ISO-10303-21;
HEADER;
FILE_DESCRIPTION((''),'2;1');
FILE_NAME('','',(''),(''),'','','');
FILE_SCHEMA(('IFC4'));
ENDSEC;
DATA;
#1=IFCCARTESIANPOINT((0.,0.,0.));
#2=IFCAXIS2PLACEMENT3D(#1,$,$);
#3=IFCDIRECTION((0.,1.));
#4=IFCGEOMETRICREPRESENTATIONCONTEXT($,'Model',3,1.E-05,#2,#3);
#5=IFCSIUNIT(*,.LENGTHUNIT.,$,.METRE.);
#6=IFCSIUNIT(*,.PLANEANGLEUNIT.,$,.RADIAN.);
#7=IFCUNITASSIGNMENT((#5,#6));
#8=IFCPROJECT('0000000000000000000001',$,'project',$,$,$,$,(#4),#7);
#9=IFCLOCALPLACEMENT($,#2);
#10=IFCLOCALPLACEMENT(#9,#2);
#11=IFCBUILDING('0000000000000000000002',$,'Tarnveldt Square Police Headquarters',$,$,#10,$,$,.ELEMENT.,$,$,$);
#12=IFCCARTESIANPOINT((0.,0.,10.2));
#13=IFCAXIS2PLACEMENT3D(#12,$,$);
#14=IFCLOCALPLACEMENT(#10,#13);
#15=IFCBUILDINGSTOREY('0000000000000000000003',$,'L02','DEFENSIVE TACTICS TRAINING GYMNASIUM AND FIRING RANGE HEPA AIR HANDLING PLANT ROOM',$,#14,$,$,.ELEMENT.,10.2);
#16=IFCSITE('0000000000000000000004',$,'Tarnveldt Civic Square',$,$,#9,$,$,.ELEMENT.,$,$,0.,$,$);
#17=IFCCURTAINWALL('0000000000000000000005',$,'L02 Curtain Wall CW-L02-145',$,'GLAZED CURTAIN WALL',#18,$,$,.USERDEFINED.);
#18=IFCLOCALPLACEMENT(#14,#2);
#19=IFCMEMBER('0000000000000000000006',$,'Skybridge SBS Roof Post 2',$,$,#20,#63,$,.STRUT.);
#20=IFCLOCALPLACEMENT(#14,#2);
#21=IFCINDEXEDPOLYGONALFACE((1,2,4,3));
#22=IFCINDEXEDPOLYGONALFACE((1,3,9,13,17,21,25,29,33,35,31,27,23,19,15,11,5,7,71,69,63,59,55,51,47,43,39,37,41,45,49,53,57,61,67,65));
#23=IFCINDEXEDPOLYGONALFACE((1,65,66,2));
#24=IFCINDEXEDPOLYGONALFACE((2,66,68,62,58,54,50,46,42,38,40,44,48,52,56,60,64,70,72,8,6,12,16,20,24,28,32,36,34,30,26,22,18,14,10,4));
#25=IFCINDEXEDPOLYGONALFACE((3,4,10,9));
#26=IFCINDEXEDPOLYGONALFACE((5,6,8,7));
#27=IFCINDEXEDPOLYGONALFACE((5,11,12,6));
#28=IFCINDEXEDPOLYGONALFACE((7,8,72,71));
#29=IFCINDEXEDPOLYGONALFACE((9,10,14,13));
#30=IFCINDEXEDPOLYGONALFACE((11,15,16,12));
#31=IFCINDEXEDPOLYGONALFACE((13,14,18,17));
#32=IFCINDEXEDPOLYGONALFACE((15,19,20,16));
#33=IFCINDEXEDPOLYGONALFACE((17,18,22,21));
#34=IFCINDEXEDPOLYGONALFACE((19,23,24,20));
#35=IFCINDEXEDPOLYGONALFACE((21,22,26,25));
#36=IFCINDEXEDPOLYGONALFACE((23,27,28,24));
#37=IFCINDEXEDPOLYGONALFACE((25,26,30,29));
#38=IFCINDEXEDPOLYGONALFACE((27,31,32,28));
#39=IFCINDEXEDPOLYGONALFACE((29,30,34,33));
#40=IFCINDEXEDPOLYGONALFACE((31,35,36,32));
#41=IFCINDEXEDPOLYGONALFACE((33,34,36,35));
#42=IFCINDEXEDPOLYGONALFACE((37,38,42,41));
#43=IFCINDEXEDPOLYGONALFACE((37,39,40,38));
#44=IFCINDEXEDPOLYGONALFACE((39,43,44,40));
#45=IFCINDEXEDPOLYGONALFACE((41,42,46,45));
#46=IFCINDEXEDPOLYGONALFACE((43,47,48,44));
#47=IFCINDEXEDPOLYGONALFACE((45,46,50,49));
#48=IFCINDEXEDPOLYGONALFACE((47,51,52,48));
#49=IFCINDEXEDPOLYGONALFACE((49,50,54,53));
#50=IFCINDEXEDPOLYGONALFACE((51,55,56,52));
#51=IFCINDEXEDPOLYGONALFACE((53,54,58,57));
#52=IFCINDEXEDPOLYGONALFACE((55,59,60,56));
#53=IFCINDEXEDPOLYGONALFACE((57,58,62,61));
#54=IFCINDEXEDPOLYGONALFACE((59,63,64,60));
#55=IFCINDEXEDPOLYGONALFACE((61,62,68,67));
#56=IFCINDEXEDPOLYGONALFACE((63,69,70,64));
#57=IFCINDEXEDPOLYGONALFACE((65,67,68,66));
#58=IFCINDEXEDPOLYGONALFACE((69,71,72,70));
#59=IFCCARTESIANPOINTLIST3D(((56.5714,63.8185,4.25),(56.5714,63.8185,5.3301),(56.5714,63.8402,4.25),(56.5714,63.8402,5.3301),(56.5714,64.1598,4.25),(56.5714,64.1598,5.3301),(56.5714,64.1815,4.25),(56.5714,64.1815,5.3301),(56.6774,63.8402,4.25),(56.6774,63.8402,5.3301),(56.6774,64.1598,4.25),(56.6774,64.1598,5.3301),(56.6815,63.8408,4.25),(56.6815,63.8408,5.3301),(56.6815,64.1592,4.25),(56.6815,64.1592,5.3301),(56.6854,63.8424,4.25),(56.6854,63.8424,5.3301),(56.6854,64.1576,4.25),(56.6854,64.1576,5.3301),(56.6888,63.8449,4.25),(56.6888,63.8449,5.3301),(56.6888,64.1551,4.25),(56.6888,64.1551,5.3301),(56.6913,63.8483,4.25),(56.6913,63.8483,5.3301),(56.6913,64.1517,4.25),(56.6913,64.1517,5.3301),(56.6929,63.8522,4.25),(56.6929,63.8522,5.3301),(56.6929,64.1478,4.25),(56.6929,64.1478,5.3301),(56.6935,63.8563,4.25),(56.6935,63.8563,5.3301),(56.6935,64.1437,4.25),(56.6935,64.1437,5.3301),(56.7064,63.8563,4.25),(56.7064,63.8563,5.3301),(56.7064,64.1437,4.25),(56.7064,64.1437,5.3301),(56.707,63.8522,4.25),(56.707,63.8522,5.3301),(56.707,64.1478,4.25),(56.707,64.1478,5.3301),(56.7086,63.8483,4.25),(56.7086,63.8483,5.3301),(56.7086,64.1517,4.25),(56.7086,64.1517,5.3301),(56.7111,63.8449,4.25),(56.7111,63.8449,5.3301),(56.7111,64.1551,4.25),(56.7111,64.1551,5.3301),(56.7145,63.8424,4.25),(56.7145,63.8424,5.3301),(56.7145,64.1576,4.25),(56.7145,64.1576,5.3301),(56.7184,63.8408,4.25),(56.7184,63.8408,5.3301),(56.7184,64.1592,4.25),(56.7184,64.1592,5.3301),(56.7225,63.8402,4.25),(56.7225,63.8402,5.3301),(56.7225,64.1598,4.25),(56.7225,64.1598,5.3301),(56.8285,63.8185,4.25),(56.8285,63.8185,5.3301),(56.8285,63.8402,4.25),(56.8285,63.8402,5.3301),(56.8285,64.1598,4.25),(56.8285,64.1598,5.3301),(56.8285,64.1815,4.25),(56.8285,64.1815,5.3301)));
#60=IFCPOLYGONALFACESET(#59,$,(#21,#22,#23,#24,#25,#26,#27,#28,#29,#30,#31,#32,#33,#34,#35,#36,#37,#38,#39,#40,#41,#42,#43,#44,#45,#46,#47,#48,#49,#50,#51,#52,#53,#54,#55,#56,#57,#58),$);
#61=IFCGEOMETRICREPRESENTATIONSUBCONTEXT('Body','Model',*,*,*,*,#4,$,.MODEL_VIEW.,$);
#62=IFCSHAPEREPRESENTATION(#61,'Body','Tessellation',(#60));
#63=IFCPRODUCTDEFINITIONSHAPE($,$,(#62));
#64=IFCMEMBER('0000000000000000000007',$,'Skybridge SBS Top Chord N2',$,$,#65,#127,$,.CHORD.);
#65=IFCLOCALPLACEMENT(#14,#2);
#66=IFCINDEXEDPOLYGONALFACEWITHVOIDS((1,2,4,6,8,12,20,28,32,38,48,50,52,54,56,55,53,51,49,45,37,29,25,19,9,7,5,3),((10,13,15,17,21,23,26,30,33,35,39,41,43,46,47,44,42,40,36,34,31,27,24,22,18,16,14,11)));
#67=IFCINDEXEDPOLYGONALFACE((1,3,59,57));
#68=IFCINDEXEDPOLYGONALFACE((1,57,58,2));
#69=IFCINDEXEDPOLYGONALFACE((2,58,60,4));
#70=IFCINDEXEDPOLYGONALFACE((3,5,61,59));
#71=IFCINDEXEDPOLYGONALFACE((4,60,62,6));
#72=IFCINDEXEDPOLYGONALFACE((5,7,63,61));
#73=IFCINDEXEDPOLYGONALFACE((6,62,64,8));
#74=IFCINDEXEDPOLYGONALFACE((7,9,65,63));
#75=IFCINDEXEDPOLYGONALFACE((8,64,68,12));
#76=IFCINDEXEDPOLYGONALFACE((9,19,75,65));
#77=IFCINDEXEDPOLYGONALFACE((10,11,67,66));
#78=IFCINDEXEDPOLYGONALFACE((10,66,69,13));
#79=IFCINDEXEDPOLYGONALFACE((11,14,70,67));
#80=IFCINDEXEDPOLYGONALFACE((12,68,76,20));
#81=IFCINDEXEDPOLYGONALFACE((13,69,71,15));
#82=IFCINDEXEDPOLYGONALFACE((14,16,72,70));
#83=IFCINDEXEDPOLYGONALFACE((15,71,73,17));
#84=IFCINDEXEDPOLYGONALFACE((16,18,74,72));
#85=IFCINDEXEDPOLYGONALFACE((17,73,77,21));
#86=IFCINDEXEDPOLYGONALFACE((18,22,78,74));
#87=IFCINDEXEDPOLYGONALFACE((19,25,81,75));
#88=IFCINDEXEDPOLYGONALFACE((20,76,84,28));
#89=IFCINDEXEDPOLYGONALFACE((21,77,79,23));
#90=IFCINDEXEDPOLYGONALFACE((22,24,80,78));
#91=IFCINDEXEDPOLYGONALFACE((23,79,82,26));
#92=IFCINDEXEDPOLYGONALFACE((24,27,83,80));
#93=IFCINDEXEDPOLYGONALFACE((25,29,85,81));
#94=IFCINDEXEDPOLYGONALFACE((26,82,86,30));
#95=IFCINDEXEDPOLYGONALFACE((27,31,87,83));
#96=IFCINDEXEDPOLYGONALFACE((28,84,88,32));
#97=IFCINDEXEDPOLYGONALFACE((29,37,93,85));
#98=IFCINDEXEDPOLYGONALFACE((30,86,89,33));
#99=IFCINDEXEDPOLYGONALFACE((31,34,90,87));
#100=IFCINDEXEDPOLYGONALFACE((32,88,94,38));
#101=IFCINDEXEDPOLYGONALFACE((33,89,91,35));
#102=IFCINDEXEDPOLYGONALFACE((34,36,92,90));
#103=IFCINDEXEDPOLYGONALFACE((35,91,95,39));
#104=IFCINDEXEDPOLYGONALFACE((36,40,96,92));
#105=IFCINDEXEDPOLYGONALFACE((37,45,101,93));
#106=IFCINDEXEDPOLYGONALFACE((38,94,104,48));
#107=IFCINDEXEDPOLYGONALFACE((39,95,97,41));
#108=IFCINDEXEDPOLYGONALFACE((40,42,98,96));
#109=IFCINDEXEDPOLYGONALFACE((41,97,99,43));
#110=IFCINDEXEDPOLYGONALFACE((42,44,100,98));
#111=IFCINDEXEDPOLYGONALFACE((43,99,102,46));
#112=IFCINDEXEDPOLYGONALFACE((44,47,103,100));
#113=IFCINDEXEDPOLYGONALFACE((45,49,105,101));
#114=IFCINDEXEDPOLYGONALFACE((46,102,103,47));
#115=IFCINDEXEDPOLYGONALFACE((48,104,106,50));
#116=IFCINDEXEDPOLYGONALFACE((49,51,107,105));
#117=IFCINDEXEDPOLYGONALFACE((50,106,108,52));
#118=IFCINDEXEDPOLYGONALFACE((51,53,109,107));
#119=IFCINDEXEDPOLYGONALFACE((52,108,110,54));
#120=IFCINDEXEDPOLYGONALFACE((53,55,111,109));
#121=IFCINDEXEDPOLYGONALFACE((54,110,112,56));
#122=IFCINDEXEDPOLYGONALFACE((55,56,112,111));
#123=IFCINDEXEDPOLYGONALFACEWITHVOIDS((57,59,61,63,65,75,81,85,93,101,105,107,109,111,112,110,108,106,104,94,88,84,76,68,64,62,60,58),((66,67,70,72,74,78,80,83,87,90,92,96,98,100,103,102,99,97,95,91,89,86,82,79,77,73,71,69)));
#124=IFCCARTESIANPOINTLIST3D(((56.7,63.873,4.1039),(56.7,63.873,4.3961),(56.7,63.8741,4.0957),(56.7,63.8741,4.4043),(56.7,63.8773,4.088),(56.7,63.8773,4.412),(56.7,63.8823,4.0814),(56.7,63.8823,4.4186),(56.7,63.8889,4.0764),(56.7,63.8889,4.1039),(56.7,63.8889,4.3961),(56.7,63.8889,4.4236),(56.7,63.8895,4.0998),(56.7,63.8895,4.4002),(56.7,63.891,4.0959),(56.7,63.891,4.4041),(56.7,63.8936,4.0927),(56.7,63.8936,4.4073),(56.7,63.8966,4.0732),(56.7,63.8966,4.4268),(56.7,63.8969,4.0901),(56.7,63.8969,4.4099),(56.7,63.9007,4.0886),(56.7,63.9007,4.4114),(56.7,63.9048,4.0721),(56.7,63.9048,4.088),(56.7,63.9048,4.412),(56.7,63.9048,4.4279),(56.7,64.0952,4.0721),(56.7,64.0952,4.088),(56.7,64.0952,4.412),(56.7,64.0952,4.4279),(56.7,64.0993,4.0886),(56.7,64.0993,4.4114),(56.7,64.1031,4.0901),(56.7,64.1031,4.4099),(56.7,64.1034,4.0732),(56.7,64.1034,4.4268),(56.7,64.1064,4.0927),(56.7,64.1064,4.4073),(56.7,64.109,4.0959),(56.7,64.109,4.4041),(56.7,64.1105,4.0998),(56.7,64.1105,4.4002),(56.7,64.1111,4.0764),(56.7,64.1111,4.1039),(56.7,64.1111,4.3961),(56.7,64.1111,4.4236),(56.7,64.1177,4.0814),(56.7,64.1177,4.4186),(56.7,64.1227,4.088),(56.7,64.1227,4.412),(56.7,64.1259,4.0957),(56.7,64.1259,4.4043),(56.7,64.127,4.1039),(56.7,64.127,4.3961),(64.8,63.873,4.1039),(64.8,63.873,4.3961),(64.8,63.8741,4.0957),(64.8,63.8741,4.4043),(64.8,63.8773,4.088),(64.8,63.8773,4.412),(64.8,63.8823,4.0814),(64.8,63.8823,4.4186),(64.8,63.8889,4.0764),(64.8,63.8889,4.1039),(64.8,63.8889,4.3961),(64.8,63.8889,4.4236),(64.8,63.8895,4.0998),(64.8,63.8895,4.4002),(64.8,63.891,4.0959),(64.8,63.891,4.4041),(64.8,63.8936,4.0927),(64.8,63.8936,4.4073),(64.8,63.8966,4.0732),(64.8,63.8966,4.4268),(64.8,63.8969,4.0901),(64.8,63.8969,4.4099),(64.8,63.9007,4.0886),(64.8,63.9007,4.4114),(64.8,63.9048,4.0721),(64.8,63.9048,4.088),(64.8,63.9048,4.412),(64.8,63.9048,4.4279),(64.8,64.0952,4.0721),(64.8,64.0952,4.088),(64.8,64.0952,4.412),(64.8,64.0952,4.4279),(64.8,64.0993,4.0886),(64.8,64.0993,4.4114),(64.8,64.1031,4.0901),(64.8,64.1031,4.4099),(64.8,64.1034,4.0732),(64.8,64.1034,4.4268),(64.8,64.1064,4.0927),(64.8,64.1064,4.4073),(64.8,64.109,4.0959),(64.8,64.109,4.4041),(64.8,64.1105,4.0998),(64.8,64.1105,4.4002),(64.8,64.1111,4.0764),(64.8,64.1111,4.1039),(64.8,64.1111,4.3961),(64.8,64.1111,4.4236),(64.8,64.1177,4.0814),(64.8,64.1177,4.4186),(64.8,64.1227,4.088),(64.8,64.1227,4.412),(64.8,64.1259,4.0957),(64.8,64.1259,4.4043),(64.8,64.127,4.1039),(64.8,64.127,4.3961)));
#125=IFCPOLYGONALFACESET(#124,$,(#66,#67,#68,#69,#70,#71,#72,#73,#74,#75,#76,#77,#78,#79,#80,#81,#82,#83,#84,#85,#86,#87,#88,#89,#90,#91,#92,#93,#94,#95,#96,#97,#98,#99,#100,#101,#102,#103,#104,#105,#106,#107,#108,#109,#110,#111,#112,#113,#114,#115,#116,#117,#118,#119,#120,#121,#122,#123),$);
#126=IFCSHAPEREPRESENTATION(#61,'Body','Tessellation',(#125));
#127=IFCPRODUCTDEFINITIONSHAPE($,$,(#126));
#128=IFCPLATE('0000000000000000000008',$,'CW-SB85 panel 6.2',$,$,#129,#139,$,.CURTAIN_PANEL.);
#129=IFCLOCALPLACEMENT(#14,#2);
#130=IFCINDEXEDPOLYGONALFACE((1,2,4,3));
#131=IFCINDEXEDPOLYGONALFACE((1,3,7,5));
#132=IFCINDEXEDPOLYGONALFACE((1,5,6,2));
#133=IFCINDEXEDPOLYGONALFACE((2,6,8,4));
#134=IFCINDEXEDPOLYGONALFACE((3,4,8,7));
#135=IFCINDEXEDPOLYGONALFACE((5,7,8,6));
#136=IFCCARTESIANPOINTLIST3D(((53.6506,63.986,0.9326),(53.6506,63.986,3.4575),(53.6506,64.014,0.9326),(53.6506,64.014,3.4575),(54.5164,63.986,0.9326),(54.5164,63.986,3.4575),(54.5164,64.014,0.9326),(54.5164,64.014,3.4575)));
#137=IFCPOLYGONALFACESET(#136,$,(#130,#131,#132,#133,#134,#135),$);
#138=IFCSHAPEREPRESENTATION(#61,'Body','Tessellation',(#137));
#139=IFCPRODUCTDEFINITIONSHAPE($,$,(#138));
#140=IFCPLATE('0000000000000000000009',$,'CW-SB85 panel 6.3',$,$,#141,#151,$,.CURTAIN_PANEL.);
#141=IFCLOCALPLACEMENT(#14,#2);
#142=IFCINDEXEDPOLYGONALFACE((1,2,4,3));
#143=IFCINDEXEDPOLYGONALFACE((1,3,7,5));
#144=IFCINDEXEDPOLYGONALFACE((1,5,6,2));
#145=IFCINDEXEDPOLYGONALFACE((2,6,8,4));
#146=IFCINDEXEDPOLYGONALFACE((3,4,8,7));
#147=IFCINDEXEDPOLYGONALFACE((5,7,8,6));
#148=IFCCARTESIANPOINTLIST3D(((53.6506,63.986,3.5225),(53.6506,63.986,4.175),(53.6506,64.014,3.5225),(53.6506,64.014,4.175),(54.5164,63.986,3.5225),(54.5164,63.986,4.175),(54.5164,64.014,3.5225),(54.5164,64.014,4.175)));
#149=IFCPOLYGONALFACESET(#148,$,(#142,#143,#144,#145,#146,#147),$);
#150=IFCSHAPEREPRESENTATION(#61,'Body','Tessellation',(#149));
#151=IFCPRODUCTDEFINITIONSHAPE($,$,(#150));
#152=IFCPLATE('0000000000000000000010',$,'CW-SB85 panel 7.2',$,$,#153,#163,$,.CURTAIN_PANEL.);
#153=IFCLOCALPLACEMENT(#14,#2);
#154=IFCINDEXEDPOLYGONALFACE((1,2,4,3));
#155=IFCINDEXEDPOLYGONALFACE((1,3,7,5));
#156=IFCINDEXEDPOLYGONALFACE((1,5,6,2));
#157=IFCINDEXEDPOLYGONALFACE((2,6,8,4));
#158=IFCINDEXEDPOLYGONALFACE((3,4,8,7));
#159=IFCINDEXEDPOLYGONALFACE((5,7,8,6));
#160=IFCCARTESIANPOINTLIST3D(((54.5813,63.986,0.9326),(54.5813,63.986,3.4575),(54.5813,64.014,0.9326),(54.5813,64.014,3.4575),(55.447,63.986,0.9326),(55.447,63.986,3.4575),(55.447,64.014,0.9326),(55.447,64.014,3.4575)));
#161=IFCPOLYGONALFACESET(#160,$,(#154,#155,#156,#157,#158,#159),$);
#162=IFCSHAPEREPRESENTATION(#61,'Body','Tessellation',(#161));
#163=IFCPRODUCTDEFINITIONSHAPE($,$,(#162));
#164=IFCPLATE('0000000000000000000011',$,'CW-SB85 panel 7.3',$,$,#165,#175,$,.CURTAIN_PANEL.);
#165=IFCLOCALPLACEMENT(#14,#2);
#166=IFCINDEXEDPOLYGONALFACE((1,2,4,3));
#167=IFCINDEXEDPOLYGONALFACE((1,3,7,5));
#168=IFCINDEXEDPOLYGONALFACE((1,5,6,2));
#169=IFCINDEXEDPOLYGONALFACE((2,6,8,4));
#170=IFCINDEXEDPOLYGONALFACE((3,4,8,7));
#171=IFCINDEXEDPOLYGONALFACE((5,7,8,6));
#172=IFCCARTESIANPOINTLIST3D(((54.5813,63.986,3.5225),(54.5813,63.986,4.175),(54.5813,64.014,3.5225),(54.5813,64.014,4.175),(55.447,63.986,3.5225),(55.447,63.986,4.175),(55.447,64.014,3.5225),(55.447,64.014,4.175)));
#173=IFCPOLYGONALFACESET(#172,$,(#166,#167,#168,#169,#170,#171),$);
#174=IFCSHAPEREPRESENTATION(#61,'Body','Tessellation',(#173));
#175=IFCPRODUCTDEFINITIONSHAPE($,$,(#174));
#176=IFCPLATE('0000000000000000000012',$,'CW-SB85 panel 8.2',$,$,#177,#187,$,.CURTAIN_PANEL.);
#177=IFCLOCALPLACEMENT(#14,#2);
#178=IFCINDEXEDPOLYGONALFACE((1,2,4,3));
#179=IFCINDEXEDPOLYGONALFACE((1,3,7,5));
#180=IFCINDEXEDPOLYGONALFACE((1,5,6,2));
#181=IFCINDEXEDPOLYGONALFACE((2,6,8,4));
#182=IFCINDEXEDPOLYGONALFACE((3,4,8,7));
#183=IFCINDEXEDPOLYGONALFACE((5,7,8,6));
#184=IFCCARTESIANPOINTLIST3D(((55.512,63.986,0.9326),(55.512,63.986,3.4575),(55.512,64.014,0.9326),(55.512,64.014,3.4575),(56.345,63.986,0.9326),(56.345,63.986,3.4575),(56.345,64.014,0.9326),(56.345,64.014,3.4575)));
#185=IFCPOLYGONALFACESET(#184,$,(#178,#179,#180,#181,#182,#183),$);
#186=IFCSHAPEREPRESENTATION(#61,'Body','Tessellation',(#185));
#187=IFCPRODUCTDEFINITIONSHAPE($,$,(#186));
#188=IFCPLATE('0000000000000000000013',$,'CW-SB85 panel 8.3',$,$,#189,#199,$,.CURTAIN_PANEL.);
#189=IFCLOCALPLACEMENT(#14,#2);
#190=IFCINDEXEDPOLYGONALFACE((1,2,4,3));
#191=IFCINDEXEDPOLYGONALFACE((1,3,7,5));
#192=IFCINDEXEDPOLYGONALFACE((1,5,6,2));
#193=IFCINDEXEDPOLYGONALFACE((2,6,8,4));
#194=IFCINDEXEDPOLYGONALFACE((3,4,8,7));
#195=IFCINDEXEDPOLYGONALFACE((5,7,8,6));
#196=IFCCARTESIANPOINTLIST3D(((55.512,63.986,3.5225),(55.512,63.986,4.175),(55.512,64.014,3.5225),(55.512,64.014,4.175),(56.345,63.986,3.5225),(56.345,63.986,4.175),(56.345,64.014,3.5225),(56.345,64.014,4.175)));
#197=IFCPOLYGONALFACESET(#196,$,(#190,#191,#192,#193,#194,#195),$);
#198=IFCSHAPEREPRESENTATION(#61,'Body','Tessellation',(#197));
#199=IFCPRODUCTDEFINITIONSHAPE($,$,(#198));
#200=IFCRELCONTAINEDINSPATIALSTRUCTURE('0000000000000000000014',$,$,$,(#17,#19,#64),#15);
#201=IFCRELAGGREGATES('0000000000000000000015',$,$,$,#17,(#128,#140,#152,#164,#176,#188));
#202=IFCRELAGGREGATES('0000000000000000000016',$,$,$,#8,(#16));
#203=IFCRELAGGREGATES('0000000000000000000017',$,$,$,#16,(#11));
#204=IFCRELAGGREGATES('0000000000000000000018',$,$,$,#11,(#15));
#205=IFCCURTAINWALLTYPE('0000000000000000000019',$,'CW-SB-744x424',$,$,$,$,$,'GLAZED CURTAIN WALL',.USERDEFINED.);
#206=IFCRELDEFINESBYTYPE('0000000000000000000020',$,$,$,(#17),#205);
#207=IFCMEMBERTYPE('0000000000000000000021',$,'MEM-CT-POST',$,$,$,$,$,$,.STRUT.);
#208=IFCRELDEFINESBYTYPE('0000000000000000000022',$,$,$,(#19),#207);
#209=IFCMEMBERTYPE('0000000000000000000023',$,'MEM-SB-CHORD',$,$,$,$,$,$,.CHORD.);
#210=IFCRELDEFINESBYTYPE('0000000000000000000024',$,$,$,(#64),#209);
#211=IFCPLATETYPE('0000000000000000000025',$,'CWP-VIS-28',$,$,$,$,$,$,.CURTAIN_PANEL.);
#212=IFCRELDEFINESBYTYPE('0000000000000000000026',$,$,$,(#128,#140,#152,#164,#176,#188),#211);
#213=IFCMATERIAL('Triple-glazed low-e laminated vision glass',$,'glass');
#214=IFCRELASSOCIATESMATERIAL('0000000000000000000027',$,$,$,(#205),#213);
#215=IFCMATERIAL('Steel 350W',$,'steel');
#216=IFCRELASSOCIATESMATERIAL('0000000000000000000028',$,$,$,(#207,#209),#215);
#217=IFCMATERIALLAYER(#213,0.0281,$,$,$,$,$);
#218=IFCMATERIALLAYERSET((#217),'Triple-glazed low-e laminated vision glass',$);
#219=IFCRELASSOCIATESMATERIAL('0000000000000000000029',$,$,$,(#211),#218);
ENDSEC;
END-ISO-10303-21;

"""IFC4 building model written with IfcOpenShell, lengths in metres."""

from ifc_helpers import new_model, si_unit, direction, frame, origin, origin_2d, place, context, subcontext, project, spatial, rectangle, hollow_rectangle, i_section, extrude, material, layer, layer_set, material_profile, profile_set, type_object, element, aggregate, save


model = new_model("IFC4")

# Units and contexts
model_context = context("Model", 3, precision=1e-05, world=origin(), true_north=direction((0.0, 1.0)))
body_context = subcontext(model_context, "Body", "Model", "MODEL_VIEW")
ifc_project = project(units=[si_unit("LENGTHUNIT", "METRE"), si_unit("PLANEANGLEUNIT", "RADIAN")], contexts=[model_context])

# Site, building, storey
site_placement = place(None, origin())
site = spatial("IfcSite", under=ifc_project, at=site_placement, Name="Tarnveldt Civic Square", CompositionType="ELEMENT", RefElevation=0.0)
building_placement = place(site_placement, origin())
building = spatial("IfcBuilding", under=site, at=building_placement, Name="Tarnveldt Square Police Headquarters", CompositionType="ELEMENT")
storey_placement = place(building_placement, frame((0.0, 0.0, 10.2)))
storey = spatial("IfcBuildingStorey", under=building, at=storey_placement, Name="L02", Description="DEFENSIVE TACTICS TRAINING GYMNASIUM AND FIRING RANGE HEPA AIR HANDLING PLANT ROOM", CompositionType="ELEMENT", Elevation=10.2)

# Shared definitions
ifc_material_1 = material(Name="Steel 350W", Category="steel")

# Curtain wall
ifc_material_2 = material(Name="Triple-glazed low-e laminated vision glass", Category="glass")
curtain_wall_type_1 = type_object("IfcCurtainWallType", Name="CW-SB-744x424", ElementType="GLAZED CURTAIN WALL", PredefinedType="USERDEFINED", material=ifc_material_2)
curtain_wall_1_placement = place(storey_placement, origin())
curtain_wall_1 = element("IfcCurtainWall", 1, at=curtain_wall_1_placement, inside=storey, type_object=curtain_wall_type_1, Name="L02 Curtain Wall CW-L02-145", ObjectType="GLAZED CURTAIN WALL", PredefinedType="USERDEFINED")

# Members
ifc_material_profile_1 = material_profile(ifc_material_1, i_section(OverallWidth=0.2571, OverallDepth=0.363, WebThickness=0.0129, FlangeThickness=0.0217, FilletRadius=0.0161, at=origin_2d()), Name="W360x122")
ifc_profile_set_1 = profile_set([ifc_material_profile_1], Name="Steel 350W")
member_type_1 = type_object("IfcMemberType", Name="MEM-CT-POST", PredefinedType="STRUT", material=ifc_profile_set_1)
member_1_placement = place(storey_placement, frame((56.7, 64.0, 4.25), z_axis=(0.0, 0.0, 1.0), x_axis=(1.0, 0.0, 0.0)))
element("IfcMember", 2, at=member_1_placement, inside=storey, type_object=member_type_1, Name="Skybridge SBS Roof Post 2", PredefinedType="STRUT", context=body_context, shape_type="SweptSolid", body=[
    extrude(i_section(OverallWidth=0.2571, OverallDepth=0.363, WebThickness=0.0129, FlangeThickness=0.0217, FilletRadius=0.0161, at=origin_2d()), origin(), (0.0, 0.0, 1.0), 1.0801),
])
ifc_material_profile_2 = material_profile(ifc_material_1, hollow_rectangle(XDim=0.2539, YDim=0.3557, WallThickness=0.0159, InnerFilletRadius=0.0159, OuterFilletRadius=0.0317, at=origin_2d()), Name="HSS356x254x16")
ifc_profile_set_2 = profile_set([ifc_material_profile_2], Name="Steel 350W")
member_type_2 = type_object("IfcMemberType", Name="MEM-SB-CHORD", PredefinedType="CHORD", material=ifc_profile_set_2)
member_2_placement = place(storey_placement, frame((56.7, 64.0, 4.25), z_axis=(1.0, 0.0, 0.0), x_axis=(0.0, 1.0, 0.0)))
element("IfcMember", 3, at=member_2_placement, inside=storey, type_object=member_type_2, Name="Skybridge SBS Top Chord N2", PredefinedType="CHORD", context=body_context, shape_type="SweptSolid", body=[
    extrude(hollow_rectangle(XDim=0.2539, YDim=0.3557, WallThickness=0.0159, InnerFilletRadius=0.0159, OuterFilletRadius=0.0317, at=origin_2d()), origin(), (0.0, 0.0, 1.0), 8.1001),
])

# Plates
ifc_layer = layer(ifc_material_2, 0.0281)
ifc_layer_set = layer_set([ifc_layer], Name="Triple-glazed low-e laminated vision glass")
plate_type = type_object("IfcPlateType", Name="CWP-VIS-28", PredefinedType="CURTAIN_PANEL", material=ifc_layer_set)
plate_1_placement = place(storey_placement, frame((54.0835, 64.0, 0.9326), z_axis=(0.0, 0.0, 1.0), x_axis=(1.0, 0.0, 0.0)))
plate_1 = element("IfcPlate", 4, at=plate_1_placement, type_object=plate_type, Name="CW-SB85 panel 6.2", PredefinedType="CURTAIN_PANEL", context=body_context, shape_type="SweptSolid", body=[
    extrude(rectangle(XDim=0.8657, YDim=0.0281, at=origin_2d()), origin(), (0.0, 0.0, 1.0), 2.5249),
])
plate_2_placement = place(storey_placement, frame((54.0835, 64.0, 3.5225), z_axis=(0.0, 0.0, 1.0), x_axis=(1.0, 0.0, 0.0)))
plate_2 = element("IfcPlate", 5, at=plate_2_placement, type_object=plate_type, Name="CW-SB85 panel 6.3", PredefinedType="CURTAIN_PANEL", context=body_context, shape_type="SweptSolid", body=[
    extrude(rectangle(XDim=0.8657, YDim=0.0281, at=origin_2d()), origin(), (0.0, 0.0, 1.0), 0.6526),
])
plate_3_placement = place(storey_placement, frame((55.0142, 64.0, 0.9326), z_axis=(0.0, 0.0, 1.0), x_axis=(1.0, 0.0, 0.0)))
plate_3 = element("IfcPlate", 6, at=plate_3_placement, type_object=plate_type, Name="CW-SB85 panel 7.2", PredefinedType="CURTAIN_PANEL", context=body_context, shape_type="SweptSolid", body=[
    extrude(rectangle(XDim=0.8657, YDim=0.0281, at=origin_2d()), origin(), (0.0, 0.0, 1.0), 2.5249),
])
plate_4_placement = place(storey_placement, frame((55.0142, 64.0, 3.5225), z_axis=(0.0, 0.0, 1.0), x_axis=(1.0, 0.0, 0.0)))
plate_4 = element("IfcPlate", 7, at=plate_4_placement, type_object=plate_type, Name="CW-SB85 panel 7.3", PredefinedType="CURTAIN_PANEL", context=body_context, shape_type="SweptSolid", body=[
    extrude(rectangle(XDim=0.8657, YDim=0.0281, at=origin_2d()), origin(), (0.0, 0.0, 1.0), 0.6526),
])
plate_5_placement = place(storey_placement, frame((55.9285, 64.0, 0.9326), z_axis=(0.0, 0.0, 1.0), x_axis=(1.0, 0.0, 0.0)))
plate_5 = element("IfcPlate", 8, at=plate_5_placement, type_object=plate_type, Name="CW-SB85 panel 8.2", PredefinedType="CURTAIN_PANEL", context=body_context, shape_type="SweptSolid", body=[
    extrude(rectangle(XDim=0.833, YDim=0.0281, at=origin_2d()), origin(), (0.0, 0.0, 1.0), 2.5249),
])
plate_6_placement = place(storey_placement, frame((55.9285, 64.0, 3.5225), z_axis=(0.0, 0.0, 1.0), x_axis=(1.0, 0.0, 0.0)))
plate_6 = element("IfcPlate", 9, at=plate_6_placement, type_object=plate_type, Name="CW-SB85 panel 8.3", PredefinedType="CURTAIN_PANEL", context=body_context, shape_type="SweptSolid", body=[
    extrude(rectangle(XDim=0.833, YDim=0.0281, at=origin_2d()), origin(), (0.0, 0.0, 1.0), 0.6526),
])
aggregate(curtain_wall_1, [plate_1, plate_2, plate_3, plate_4, plate_5, plate_6])

save(model, "model.ifc")
